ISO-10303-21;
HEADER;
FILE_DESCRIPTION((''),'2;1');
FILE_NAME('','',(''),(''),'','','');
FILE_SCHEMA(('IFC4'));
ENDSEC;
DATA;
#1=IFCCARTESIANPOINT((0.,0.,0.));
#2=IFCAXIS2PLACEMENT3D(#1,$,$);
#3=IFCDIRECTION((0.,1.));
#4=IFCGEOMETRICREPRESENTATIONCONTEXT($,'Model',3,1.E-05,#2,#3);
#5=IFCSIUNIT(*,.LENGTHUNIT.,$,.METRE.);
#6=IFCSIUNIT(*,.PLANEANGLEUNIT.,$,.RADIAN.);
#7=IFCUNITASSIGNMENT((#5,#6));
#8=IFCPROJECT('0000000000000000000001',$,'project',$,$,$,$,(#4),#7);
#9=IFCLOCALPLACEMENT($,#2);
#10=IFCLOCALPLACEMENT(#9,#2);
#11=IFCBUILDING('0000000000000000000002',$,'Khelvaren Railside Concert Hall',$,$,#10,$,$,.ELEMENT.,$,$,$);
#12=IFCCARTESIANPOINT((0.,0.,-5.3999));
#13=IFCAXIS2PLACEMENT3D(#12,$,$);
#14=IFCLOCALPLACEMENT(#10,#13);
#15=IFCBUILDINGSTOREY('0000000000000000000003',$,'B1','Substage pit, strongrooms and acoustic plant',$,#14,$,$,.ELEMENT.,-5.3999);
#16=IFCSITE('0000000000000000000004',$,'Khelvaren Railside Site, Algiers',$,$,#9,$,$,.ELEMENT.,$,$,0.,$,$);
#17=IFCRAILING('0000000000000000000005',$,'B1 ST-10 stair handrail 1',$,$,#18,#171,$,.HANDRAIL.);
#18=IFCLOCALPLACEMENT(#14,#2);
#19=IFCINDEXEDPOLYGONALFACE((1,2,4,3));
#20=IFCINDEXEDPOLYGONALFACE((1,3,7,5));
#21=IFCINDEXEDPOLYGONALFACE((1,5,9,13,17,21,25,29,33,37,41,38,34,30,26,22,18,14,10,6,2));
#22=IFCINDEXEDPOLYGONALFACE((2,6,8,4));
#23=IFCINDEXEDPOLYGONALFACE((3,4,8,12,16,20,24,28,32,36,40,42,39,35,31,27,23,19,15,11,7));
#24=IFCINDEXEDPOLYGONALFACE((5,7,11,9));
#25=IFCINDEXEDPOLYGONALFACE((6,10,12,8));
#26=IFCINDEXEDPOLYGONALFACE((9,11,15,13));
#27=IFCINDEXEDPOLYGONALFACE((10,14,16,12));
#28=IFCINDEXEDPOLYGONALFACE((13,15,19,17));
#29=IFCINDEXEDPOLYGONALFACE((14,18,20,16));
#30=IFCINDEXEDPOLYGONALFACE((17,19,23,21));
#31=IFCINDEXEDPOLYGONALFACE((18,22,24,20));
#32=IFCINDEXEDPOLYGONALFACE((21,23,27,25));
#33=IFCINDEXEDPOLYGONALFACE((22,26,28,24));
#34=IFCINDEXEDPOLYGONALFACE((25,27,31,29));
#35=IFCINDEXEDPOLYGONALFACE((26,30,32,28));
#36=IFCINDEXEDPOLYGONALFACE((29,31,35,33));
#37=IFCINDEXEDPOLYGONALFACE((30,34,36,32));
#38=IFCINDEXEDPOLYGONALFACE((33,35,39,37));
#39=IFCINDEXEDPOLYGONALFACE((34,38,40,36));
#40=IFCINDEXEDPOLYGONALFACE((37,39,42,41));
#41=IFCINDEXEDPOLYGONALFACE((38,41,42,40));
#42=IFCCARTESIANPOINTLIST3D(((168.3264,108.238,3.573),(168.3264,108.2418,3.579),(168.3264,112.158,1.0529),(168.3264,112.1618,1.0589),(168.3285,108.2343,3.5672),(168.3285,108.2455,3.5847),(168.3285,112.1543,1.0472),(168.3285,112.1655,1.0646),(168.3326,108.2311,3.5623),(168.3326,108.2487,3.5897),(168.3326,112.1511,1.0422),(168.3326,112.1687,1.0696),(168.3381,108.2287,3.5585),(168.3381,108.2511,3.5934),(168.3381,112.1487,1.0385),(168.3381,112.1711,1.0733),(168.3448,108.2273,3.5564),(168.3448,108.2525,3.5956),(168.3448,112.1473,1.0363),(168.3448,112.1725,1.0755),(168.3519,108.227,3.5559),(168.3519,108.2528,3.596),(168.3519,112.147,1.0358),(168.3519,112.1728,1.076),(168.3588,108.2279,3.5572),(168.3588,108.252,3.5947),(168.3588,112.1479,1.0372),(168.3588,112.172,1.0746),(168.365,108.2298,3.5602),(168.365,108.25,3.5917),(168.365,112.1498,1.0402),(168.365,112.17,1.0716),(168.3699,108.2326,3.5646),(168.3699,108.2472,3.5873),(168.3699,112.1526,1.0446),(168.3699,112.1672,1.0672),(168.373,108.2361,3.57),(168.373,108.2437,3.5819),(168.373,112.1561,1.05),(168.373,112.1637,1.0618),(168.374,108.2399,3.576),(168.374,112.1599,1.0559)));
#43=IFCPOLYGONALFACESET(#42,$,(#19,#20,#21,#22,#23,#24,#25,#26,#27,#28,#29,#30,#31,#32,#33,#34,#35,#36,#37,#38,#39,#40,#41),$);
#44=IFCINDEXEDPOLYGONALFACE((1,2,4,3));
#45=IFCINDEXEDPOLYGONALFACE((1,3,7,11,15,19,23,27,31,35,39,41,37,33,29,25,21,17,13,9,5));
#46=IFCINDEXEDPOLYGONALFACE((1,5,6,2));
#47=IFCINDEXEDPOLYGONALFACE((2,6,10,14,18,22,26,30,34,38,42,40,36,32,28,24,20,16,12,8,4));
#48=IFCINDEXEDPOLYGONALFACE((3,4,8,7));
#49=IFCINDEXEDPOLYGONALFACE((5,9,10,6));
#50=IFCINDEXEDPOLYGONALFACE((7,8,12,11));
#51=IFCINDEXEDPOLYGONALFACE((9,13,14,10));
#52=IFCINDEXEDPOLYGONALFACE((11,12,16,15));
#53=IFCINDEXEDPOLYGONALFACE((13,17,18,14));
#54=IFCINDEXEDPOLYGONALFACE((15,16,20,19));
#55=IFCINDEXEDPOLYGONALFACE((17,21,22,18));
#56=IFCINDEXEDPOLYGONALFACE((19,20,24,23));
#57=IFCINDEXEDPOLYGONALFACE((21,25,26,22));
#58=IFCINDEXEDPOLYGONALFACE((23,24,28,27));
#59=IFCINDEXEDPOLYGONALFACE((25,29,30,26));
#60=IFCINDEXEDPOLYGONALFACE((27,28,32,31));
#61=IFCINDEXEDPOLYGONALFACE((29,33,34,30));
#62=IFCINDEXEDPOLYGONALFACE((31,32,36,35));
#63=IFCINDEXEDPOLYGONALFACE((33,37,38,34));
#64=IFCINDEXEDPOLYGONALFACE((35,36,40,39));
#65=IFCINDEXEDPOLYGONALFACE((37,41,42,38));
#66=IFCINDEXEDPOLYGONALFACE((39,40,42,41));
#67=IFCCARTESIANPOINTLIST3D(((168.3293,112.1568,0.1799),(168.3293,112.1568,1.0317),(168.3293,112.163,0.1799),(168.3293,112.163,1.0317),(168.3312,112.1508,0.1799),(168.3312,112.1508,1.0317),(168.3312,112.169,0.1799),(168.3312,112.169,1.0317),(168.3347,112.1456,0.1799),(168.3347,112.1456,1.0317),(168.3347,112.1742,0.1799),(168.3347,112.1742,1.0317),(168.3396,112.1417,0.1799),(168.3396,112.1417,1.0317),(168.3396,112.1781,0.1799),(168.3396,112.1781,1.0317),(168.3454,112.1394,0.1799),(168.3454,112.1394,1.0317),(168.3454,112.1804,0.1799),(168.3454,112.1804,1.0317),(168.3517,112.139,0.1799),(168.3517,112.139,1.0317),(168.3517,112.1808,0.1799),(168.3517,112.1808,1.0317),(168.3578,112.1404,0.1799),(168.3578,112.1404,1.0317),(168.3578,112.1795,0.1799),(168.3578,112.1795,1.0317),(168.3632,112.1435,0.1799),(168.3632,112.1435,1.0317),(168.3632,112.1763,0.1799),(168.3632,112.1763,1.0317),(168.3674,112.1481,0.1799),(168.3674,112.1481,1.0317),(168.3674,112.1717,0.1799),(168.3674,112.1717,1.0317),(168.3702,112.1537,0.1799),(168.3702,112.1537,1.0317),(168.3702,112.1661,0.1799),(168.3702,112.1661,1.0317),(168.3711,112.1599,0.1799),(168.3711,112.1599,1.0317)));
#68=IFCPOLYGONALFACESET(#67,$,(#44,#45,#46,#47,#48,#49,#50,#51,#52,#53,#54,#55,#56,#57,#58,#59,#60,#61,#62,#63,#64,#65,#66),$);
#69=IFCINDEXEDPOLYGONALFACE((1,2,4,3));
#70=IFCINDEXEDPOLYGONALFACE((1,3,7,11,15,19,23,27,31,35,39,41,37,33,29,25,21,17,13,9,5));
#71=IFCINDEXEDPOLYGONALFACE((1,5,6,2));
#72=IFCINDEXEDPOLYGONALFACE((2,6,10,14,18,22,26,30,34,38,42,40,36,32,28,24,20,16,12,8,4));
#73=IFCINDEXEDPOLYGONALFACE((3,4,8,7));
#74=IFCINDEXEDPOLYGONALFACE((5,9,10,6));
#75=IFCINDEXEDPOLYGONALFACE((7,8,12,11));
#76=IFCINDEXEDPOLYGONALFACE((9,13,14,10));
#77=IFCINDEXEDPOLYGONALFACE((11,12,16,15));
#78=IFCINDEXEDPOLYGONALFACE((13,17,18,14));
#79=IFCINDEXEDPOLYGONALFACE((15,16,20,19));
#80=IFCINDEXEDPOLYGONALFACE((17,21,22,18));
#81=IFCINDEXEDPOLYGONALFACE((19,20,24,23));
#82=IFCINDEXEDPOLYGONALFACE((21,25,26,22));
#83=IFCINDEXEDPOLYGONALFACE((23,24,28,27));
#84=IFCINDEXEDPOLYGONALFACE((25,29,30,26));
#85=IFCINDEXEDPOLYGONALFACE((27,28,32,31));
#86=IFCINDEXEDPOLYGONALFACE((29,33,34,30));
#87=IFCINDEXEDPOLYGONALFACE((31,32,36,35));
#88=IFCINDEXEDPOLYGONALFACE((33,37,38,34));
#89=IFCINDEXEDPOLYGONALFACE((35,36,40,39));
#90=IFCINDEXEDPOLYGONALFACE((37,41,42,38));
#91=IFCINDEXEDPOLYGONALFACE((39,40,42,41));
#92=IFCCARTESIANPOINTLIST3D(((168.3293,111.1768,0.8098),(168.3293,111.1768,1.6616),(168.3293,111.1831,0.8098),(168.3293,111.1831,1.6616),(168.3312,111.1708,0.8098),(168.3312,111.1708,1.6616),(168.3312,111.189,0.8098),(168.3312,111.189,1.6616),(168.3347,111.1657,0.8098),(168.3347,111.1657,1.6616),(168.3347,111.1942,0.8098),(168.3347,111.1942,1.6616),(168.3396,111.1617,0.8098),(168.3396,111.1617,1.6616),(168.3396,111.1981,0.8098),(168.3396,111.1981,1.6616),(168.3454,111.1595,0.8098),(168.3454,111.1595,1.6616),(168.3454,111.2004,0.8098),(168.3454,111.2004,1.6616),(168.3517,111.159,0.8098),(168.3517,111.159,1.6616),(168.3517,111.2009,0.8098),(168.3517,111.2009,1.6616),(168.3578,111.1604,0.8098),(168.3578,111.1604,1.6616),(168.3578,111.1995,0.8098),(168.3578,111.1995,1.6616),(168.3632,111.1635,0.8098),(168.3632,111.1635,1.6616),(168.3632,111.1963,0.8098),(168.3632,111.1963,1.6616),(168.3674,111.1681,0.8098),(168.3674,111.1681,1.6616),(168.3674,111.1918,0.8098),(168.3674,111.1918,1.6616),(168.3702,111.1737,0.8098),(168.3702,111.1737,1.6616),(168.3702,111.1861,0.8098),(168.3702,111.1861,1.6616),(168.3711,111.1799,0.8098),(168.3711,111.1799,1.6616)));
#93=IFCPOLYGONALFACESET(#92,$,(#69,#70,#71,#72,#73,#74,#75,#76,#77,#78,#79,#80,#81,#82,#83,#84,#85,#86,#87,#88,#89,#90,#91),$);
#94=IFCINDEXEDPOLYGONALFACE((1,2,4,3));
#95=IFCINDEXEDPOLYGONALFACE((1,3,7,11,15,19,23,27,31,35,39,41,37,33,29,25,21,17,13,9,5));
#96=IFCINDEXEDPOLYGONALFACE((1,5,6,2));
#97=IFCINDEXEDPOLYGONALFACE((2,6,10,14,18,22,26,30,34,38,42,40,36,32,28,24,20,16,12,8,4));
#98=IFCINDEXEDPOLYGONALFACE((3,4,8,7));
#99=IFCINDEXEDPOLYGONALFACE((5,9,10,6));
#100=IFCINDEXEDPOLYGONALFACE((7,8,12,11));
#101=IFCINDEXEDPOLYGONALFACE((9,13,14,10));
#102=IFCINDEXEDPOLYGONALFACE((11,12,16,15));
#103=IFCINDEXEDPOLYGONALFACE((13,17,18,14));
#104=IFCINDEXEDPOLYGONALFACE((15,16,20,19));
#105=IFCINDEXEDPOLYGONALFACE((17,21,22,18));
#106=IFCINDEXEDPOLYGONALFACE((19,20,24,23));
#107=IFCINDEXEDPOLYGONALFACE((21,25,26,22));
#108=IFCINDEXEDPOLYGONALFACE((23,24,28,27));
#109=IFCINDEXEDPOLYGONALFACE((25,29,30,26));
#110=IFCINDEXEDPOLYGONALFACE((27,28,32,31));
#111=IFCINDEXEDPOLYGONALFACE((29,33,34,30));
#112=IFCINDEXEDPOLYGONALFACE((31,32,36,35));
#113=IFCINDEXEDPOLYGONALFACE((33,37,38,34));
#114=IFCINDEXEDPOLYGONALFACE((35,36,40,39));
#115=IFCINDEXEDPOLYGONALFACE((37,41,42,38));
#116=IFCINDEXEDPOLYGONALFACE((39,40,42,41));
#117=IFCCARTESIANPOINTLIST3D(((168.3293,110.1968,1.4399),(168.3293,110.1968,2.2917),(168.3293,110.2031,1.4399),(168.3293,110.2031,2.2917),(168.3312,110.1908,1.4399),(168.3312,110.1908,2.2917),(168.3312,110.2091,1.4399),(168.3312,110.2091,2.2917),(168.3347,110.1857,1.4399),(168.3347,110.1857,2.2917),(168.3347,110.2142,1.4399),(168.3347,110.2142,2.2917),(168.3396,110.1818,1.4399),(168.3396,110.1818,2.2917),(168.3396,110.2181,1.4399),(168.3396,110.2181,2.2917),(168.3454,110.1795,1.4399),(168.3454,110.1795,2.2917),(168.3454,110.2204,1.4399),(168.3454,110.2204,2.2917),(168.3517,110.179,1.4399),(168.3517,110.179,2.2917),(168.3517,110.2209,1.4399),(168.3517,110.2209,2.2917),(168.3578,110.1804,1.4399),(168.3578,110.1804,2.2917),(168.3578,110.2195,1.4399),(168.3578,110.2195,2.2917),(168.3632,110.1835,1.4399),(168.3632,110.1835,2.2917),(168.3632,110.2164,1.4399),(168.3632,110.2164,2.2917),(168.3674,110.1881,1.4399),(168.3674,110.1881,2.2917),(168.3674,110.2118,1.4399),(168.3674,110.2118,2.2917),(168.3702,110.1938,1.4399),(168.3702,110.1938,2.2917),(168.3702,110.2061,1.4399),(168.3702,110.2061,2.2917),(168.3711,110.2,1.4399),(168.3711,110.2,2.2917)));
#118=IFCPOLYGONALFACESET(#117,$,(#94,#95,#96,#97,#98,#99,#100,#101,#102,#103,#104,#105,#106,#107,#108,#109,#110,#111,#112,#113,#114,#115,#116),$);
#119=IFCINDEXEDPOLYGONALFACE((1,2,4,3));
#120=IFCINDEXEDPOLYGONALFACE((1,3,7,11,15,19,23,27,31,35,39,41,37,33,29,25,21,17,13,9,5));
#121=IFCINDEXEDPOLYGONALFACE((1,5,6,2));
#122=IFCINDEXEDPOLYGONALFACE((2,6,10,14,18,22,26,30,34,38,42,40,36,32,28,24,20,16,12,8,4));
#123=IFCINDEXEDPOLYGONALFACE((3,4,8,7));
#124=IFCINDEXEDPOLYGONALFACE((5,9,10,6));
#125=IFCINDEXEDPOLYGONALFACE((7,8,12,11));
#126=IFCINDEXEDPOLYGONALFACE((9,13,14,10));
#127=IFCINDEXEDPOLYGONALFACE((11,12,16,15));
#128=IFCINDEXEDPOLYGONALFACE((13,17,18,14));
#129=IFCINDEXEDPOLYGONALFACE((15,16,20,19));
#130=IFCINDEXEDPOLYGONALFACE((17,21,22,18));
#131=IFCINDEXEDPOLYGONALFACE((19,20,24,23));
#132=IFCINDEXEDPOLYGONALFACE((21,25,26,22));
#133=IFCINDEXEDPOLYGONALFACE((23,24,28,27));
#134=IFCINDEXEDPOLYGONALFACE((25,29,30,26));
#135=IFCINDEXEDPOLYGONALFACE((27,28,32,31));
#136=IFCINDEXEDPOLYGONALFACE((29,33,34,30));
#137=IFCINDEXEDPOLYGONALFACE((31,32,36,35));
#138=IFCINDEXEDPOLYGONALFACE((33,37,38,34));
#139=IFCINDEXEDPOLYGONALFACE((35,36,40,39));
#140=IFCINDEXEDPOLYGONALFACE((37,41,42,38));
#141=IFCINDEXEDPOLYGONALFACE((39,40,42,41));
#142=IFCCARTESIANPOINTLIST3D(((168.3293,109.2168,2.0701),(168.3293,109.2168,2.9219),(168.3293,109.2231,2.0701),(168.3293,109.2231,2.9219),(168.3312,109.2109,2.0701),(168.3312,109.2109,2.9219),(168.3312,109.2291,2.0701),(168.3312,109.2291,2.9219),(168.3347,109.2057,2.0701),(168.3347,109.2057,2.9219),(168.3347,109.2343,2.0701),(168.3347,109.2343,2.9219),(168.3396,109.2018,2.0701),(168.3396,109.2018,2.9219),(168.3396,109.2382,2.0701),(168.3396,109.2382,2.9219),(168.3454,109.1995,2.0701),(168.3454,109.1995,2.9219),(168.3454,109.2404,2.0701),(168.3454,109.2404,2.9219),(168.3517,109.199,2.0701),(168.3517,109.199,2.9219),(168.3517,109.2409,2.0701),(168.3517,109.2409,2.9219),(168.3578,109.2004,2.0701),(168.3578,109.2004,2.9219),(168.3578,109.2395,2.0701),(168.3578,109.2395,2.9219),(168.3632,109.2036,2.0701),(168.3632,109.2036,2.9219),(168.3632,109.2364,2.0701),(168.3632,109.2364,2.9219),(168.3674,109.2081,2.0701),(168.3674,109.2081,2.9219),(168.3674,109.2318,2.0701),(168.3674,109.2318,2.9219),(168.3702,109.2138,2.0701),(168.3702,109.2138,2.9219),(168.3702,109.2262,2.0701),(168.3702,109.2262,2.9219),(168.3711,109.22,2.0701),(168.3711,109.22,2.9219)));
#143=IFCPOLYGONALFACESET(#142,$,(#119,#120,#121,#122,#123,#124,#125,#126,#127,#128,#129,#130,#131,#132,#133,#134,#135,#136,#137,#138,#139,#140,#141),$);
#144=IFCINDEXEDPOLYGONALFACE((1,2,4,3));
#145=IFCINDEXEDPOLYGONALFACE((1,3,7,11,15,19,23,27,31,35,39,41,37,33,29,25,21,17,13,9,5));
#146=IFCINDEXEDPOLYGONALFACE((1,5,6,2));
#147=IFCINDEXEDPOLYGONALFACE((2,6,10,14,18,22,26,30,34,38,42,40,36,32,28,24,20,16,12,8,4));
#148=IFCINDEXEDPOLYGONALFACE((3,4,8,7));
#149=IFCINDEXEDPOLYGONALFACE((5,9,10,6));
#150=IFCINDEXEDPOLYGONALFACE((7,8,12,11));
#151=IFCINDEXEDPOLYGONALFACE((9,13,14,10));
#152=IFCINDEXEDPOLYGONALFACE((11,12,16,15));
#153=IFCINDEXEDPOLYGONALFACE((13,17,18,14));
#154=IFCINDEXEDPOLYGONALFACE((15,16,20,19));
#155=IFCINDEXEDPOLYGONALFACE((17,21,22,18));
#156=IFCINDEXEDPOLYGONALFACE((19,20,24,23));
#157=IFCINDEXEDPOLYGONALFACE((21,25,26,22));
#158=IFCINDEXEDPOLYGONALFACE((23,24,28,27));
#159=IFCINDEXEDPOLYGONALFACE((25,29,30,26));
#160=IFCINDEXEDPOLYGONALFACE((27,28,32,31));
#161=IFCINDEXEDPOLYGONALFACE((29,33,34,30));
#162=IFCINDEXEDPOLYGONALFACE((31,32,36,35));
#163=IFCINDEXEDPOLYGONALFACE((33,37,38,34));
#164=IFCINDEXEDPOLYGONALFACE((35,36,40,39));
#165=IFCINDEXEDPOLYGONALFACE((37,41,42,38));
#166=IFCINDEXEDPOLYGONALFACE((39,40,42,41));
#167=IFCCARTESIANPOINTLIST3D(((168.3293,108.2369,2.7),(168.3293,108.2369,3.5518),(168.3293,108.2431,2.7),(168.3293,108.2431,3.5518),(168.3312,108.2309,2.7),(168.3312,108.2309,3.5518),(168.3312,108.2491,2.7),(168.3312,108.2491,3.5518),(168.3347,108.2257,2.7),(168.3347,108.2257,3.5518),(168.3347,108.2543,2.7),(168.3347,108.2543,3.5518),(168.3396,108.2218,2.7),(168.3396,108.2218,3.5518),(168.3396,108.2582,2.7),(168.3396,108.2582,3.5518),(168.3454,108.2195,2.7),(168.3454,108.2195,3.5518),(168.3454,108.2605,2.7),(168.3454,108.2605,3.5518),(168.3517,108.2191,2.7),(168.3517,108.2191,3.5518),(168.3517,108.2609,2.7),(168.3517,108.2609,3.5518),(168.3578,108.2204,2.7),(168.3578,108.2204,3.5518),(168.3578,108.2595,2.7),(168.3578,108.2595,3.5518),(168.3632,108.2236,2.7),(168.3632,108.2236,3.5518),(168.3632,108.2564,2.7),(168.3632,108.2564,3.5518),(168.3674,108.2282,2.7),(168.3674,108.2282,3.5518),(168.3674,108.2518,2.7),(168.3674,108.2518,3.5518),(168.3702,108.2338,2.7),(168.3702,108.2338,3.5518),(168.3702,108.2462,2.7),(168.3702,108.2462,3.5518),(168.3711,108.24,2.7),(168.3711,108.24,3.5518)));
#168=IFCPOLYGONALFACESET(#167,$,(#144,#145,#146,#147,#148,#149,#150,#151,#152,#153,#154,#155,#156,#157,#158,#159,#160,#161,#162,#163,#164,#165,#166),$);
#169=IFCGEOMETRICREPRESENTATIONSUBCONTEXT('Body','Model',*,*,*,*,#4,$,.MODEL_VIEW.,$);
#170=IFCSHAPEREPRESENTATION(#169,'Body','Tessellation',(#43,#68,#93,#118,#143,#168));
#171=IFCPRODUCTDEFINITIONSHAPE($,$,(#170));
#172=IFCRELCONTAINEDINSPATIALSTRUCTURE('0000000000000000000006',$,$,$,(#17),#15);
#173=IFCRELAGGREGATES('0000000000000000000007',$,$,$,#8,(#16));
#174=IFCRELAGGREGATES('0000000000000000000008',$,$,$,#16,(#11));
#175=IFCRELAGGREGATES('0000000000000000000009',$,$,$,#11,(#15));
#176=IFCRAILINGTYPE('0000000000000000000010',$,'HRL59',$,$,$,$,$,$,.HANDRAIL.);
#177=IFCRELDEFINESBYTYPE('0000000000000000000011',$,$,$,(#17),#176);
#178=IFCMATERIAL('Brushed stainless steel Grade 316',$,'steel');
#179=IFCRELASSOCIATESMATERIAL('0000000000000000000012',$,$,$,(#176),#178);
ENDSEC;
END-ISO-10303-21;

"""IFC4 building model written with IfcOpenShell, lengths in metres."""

from ifc_helpers import new_model, si_unit, direction, frame, origin, origin_2d, place, context, subcontext, project, spatial, circle, extrude, material, type_object, element, save


model = new_model("IFC4")

# Units and contexts
model_context = context("Model", 3, precision=1e-05, world=origin(), true_north=direction((0.0, 1.0)))
body_context = subcontext(model_context, "Body", "Model", "MODEL_VIEW")
ifc_project = project(units=[si_unit("LENGTHUNIT", "METRE"), si_unit("PLANEANGLEUNIT", "RADIAN")], contexts=[model_context])

# Site, building, storey
site_placement = place(None, origin())
site = spatial("IfcSite", under=ifc_project, at=site_placement, Name="Khelvaren Railside Site, Algiers", CompositionType="ELEMENT", RefElevation=0.0)
building_placement = place(site_placement, origin())
building = spatial("IfcBuilding", under=site, at=building_placement, Name="Khelvaren Railside Concert Hall", CompositionType="ELEMENT")
storey_placement = place(building_placement, frame((0.0, 0.0, -5.3999)))
storey = spatial("IfcBuildingStorey", under=building, at=storey_placement, Name="B1", Description="Substage pit, strongrooms and acoustic plant", CompositionType="ELEMENT", Elevation=-5.3999)

# Railing
ifc_material_1 = material(Name="Brushed stainless steel Grade 316", Category="steel")
railing_type_1 = type_object("IfcRailingType", Name="HRL59", PredefinedType="HANDRAIL", material=ifc_material_1)
railing_1_placement = place(storey_placement, frame((168.3501, 112.1599, 0.1799)))
element("IfcRailing", 1, at=railing_1_placement, inside=storey, type_object=railing_type_1, Name="B1 ST-10 stair handrail 1", PredefinedType="HANDRAIL", context=body_context, shape_type="SweptSolid", body=[
    extrude(circle(Radius=0.0239, at=origin_2d()), frame((0.0, 0.0, 0.876), z_axis=(0.0, -0.841172, 0.540768), x_axis=(1.0, 0.0, 0.0)), (0.0, 0.0, 1.0), 4.6602),
    extrude(circle(Radius=0.021, at=origin_2d()), origin(), (0.0, 0.0, 1.0), 0.8518),
    extrude(circle(Radius=0.021, at=origin_2d()), frame((0.0, -0.98, 0.6299)), (0.0, 0.0, 1.0), 0.8518),
    extrude(circle(Radius=0.021, at=origin_2d()), frame((0.0, -1.96, 1.26)), (0.0, 0.0, 1.0), 0.8518),
    extrude(circle(Radius=0.021, at=origin_2d()), frame((0.0, -2.9399, 1.8901)), (0.0, 0.0, 1.0), 0.8518),
    extrude(circle(Radius=0.021, at=origin_2d()), frame((0.0, -3.9199, 2.52)), (0.0, 0.0, 1.0), 0.8518),
])

save(model, "model.ifc")
